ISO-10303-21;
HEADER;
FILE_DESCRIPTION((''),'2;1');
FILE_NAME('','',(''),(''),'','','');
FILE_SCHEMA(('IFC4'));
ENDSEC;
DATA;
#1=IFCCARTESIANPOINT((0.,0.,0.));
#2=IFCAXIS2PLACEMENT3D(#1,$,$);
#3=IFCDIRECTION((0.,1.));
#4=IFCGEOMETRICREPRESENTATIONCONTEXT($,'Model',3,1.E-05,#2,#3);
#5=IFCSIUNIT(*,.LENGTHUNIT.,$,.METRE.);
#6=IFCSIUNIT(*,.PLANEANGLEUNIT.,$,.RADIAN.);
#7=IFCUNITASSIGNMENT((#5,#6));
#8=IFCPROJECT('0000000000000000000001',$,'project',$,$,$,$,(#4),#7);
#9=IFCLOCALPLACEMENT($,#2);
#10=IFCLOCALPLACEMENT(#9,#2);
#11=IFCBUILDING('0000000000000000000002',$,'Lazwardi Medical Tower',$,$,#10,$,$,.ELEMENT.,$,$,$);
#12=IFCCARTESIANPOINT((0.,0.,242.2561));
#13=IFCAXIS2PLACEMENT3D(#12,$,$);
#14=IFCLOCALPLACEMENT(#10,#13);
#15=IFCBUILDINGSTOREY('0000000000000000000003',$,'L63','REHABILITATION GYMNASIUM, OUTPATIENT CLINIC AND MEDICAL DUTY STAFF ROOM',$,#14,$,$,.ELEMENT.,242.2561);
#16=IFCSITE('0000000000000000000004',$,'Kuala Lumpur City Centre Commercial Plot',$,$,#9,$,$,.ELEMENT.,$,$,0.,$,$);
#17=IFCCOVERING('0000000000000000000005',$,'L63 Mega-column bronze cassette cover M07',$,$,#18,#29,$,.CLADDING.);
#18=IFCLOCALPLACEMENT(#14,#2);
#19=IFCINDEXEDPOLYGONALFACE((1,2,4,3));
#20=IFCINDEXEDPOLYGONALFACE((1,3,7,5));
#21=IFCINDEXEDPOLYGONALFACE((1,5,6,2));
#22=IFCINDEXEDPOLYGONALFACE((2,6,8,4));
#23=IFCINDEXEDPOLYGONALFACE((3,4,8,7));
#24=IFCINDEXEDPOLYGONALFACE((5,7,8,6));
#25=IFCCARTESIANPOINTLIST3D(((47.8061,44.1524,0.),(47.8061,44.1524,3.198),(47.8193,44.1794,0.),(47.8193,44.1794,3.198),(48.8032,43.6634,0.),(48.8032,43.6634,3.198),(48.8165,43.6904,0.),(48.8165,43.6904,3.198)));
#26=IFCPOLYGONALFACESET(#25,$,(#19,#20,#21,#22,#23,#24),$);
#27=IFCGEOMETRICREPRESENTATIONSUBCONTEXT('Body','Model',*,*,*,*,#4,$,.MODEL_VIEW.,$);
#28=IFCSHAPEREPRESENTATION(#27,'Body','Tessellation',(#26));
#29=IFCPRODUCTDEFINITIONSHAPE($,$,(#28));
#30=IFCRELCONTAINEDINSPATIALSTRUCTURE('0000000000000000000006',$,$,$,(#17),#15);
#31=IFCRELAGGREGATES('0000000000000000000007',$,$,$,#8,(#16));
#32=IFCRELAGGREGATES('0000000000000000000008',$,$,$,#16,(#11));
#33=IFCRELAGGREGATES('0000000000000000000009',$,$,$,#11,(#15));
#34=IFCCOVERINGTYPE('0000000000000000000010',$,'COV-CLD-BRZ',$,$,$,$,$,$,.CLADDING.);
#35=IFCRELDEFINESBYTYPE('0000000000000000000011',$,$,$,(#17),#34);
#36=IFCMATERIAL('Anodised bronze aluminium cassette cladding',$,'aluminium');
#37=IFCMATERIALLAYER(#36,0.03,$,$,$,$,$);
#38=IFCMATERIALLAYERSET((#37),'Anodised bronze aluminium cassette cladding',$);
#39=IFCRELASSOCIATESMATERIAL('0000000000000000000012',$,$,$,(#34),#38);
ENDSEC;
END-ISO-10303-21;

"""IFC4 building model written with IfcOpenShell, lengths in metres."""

from ifc_helpers import new_model, si_unit, direction, frame, origin, origin_2d, place, context, subcontext, project, spatial, rectangle, extrude, material, layer, layer_set, type_object, element, save


model = new_model("IFC4")

# Units and contexts
model_context = context("Model", 3, precision=1e-05, world=origin(), true_north=direction((0.0, 1.0)))
body_context = subcontext(model_context, "Body", "Model", "MODEL_VIEW")
ifc_project = project(units=[si_unit("LENGTHUNIT", "METRE"), si_unit("PLANEANGLEUNIT", "RADIAN")], contexts=[model_context])

# Site, building, storey
site_placement = place(None, origin())
site = spatial("IfcSite", under=ifc_project, at=site_placement, Name="Kuala Lumpur City Centre Commercial Plot", CompositionType="ELEMENT", RefElevation=0.0)
building_placement = place(site_placement, origin())
building = spatial("IfcBuilding", under=site, at=building_placement, Name="Lazwardi Medical Tower", CompositionType="ELEMENT")
storey_placement = place(building_placement, frame((0.0, 0.0, 242.2561)))
storey = spatial("IfcBuildingStorey", under=building, at=storey_placement, Name="L63", Description="REHABILITATION GYMNASIUM, OUTPATIENT CLINIC AND MEDICAL DUTY STAFF ROOM", CompositionType="ELEMENT", Elevation=242.2561)

# Covering
ifc_material_1 = material(Name="Anodised bronze aluminium cassette cladding", Category="aluminium")
ifc_layer_1 = layer(ifc_material_1, 0.03)
ifc_layer_set_1 = layer_set([ifc_layer_1], Name="Anodised bronze aluminium cassette cladding")
covering_type = type_object("IfcCoveringType", Name="COV-CLD-BRZ", PredefinedType="CLADDING", material=ifc_layer_set_1)
covering_1_placement = place(storey_placement, frame((48.3113, 43.9214, 0.0), z_axis=(0.0, 0.0, 1.0), x_axis=(-0.89784, 0.440322, 0.0)))
element("IfcCovering", 1, at=covering_1_placement, inside=storey, type_object=covering_type, Name="L63 Mega-column bronze cassette cover M07", PredefinedType="CLADDING", context=body_context, shape_type="SweptSolid", body=[
    extrude(rectangle(XDim=1.1106, YDim=0.03, at=origin_2d()), origin(), (0.0, 0.0, 1.0), 3.198),
])

save(model, "model.ifc")
